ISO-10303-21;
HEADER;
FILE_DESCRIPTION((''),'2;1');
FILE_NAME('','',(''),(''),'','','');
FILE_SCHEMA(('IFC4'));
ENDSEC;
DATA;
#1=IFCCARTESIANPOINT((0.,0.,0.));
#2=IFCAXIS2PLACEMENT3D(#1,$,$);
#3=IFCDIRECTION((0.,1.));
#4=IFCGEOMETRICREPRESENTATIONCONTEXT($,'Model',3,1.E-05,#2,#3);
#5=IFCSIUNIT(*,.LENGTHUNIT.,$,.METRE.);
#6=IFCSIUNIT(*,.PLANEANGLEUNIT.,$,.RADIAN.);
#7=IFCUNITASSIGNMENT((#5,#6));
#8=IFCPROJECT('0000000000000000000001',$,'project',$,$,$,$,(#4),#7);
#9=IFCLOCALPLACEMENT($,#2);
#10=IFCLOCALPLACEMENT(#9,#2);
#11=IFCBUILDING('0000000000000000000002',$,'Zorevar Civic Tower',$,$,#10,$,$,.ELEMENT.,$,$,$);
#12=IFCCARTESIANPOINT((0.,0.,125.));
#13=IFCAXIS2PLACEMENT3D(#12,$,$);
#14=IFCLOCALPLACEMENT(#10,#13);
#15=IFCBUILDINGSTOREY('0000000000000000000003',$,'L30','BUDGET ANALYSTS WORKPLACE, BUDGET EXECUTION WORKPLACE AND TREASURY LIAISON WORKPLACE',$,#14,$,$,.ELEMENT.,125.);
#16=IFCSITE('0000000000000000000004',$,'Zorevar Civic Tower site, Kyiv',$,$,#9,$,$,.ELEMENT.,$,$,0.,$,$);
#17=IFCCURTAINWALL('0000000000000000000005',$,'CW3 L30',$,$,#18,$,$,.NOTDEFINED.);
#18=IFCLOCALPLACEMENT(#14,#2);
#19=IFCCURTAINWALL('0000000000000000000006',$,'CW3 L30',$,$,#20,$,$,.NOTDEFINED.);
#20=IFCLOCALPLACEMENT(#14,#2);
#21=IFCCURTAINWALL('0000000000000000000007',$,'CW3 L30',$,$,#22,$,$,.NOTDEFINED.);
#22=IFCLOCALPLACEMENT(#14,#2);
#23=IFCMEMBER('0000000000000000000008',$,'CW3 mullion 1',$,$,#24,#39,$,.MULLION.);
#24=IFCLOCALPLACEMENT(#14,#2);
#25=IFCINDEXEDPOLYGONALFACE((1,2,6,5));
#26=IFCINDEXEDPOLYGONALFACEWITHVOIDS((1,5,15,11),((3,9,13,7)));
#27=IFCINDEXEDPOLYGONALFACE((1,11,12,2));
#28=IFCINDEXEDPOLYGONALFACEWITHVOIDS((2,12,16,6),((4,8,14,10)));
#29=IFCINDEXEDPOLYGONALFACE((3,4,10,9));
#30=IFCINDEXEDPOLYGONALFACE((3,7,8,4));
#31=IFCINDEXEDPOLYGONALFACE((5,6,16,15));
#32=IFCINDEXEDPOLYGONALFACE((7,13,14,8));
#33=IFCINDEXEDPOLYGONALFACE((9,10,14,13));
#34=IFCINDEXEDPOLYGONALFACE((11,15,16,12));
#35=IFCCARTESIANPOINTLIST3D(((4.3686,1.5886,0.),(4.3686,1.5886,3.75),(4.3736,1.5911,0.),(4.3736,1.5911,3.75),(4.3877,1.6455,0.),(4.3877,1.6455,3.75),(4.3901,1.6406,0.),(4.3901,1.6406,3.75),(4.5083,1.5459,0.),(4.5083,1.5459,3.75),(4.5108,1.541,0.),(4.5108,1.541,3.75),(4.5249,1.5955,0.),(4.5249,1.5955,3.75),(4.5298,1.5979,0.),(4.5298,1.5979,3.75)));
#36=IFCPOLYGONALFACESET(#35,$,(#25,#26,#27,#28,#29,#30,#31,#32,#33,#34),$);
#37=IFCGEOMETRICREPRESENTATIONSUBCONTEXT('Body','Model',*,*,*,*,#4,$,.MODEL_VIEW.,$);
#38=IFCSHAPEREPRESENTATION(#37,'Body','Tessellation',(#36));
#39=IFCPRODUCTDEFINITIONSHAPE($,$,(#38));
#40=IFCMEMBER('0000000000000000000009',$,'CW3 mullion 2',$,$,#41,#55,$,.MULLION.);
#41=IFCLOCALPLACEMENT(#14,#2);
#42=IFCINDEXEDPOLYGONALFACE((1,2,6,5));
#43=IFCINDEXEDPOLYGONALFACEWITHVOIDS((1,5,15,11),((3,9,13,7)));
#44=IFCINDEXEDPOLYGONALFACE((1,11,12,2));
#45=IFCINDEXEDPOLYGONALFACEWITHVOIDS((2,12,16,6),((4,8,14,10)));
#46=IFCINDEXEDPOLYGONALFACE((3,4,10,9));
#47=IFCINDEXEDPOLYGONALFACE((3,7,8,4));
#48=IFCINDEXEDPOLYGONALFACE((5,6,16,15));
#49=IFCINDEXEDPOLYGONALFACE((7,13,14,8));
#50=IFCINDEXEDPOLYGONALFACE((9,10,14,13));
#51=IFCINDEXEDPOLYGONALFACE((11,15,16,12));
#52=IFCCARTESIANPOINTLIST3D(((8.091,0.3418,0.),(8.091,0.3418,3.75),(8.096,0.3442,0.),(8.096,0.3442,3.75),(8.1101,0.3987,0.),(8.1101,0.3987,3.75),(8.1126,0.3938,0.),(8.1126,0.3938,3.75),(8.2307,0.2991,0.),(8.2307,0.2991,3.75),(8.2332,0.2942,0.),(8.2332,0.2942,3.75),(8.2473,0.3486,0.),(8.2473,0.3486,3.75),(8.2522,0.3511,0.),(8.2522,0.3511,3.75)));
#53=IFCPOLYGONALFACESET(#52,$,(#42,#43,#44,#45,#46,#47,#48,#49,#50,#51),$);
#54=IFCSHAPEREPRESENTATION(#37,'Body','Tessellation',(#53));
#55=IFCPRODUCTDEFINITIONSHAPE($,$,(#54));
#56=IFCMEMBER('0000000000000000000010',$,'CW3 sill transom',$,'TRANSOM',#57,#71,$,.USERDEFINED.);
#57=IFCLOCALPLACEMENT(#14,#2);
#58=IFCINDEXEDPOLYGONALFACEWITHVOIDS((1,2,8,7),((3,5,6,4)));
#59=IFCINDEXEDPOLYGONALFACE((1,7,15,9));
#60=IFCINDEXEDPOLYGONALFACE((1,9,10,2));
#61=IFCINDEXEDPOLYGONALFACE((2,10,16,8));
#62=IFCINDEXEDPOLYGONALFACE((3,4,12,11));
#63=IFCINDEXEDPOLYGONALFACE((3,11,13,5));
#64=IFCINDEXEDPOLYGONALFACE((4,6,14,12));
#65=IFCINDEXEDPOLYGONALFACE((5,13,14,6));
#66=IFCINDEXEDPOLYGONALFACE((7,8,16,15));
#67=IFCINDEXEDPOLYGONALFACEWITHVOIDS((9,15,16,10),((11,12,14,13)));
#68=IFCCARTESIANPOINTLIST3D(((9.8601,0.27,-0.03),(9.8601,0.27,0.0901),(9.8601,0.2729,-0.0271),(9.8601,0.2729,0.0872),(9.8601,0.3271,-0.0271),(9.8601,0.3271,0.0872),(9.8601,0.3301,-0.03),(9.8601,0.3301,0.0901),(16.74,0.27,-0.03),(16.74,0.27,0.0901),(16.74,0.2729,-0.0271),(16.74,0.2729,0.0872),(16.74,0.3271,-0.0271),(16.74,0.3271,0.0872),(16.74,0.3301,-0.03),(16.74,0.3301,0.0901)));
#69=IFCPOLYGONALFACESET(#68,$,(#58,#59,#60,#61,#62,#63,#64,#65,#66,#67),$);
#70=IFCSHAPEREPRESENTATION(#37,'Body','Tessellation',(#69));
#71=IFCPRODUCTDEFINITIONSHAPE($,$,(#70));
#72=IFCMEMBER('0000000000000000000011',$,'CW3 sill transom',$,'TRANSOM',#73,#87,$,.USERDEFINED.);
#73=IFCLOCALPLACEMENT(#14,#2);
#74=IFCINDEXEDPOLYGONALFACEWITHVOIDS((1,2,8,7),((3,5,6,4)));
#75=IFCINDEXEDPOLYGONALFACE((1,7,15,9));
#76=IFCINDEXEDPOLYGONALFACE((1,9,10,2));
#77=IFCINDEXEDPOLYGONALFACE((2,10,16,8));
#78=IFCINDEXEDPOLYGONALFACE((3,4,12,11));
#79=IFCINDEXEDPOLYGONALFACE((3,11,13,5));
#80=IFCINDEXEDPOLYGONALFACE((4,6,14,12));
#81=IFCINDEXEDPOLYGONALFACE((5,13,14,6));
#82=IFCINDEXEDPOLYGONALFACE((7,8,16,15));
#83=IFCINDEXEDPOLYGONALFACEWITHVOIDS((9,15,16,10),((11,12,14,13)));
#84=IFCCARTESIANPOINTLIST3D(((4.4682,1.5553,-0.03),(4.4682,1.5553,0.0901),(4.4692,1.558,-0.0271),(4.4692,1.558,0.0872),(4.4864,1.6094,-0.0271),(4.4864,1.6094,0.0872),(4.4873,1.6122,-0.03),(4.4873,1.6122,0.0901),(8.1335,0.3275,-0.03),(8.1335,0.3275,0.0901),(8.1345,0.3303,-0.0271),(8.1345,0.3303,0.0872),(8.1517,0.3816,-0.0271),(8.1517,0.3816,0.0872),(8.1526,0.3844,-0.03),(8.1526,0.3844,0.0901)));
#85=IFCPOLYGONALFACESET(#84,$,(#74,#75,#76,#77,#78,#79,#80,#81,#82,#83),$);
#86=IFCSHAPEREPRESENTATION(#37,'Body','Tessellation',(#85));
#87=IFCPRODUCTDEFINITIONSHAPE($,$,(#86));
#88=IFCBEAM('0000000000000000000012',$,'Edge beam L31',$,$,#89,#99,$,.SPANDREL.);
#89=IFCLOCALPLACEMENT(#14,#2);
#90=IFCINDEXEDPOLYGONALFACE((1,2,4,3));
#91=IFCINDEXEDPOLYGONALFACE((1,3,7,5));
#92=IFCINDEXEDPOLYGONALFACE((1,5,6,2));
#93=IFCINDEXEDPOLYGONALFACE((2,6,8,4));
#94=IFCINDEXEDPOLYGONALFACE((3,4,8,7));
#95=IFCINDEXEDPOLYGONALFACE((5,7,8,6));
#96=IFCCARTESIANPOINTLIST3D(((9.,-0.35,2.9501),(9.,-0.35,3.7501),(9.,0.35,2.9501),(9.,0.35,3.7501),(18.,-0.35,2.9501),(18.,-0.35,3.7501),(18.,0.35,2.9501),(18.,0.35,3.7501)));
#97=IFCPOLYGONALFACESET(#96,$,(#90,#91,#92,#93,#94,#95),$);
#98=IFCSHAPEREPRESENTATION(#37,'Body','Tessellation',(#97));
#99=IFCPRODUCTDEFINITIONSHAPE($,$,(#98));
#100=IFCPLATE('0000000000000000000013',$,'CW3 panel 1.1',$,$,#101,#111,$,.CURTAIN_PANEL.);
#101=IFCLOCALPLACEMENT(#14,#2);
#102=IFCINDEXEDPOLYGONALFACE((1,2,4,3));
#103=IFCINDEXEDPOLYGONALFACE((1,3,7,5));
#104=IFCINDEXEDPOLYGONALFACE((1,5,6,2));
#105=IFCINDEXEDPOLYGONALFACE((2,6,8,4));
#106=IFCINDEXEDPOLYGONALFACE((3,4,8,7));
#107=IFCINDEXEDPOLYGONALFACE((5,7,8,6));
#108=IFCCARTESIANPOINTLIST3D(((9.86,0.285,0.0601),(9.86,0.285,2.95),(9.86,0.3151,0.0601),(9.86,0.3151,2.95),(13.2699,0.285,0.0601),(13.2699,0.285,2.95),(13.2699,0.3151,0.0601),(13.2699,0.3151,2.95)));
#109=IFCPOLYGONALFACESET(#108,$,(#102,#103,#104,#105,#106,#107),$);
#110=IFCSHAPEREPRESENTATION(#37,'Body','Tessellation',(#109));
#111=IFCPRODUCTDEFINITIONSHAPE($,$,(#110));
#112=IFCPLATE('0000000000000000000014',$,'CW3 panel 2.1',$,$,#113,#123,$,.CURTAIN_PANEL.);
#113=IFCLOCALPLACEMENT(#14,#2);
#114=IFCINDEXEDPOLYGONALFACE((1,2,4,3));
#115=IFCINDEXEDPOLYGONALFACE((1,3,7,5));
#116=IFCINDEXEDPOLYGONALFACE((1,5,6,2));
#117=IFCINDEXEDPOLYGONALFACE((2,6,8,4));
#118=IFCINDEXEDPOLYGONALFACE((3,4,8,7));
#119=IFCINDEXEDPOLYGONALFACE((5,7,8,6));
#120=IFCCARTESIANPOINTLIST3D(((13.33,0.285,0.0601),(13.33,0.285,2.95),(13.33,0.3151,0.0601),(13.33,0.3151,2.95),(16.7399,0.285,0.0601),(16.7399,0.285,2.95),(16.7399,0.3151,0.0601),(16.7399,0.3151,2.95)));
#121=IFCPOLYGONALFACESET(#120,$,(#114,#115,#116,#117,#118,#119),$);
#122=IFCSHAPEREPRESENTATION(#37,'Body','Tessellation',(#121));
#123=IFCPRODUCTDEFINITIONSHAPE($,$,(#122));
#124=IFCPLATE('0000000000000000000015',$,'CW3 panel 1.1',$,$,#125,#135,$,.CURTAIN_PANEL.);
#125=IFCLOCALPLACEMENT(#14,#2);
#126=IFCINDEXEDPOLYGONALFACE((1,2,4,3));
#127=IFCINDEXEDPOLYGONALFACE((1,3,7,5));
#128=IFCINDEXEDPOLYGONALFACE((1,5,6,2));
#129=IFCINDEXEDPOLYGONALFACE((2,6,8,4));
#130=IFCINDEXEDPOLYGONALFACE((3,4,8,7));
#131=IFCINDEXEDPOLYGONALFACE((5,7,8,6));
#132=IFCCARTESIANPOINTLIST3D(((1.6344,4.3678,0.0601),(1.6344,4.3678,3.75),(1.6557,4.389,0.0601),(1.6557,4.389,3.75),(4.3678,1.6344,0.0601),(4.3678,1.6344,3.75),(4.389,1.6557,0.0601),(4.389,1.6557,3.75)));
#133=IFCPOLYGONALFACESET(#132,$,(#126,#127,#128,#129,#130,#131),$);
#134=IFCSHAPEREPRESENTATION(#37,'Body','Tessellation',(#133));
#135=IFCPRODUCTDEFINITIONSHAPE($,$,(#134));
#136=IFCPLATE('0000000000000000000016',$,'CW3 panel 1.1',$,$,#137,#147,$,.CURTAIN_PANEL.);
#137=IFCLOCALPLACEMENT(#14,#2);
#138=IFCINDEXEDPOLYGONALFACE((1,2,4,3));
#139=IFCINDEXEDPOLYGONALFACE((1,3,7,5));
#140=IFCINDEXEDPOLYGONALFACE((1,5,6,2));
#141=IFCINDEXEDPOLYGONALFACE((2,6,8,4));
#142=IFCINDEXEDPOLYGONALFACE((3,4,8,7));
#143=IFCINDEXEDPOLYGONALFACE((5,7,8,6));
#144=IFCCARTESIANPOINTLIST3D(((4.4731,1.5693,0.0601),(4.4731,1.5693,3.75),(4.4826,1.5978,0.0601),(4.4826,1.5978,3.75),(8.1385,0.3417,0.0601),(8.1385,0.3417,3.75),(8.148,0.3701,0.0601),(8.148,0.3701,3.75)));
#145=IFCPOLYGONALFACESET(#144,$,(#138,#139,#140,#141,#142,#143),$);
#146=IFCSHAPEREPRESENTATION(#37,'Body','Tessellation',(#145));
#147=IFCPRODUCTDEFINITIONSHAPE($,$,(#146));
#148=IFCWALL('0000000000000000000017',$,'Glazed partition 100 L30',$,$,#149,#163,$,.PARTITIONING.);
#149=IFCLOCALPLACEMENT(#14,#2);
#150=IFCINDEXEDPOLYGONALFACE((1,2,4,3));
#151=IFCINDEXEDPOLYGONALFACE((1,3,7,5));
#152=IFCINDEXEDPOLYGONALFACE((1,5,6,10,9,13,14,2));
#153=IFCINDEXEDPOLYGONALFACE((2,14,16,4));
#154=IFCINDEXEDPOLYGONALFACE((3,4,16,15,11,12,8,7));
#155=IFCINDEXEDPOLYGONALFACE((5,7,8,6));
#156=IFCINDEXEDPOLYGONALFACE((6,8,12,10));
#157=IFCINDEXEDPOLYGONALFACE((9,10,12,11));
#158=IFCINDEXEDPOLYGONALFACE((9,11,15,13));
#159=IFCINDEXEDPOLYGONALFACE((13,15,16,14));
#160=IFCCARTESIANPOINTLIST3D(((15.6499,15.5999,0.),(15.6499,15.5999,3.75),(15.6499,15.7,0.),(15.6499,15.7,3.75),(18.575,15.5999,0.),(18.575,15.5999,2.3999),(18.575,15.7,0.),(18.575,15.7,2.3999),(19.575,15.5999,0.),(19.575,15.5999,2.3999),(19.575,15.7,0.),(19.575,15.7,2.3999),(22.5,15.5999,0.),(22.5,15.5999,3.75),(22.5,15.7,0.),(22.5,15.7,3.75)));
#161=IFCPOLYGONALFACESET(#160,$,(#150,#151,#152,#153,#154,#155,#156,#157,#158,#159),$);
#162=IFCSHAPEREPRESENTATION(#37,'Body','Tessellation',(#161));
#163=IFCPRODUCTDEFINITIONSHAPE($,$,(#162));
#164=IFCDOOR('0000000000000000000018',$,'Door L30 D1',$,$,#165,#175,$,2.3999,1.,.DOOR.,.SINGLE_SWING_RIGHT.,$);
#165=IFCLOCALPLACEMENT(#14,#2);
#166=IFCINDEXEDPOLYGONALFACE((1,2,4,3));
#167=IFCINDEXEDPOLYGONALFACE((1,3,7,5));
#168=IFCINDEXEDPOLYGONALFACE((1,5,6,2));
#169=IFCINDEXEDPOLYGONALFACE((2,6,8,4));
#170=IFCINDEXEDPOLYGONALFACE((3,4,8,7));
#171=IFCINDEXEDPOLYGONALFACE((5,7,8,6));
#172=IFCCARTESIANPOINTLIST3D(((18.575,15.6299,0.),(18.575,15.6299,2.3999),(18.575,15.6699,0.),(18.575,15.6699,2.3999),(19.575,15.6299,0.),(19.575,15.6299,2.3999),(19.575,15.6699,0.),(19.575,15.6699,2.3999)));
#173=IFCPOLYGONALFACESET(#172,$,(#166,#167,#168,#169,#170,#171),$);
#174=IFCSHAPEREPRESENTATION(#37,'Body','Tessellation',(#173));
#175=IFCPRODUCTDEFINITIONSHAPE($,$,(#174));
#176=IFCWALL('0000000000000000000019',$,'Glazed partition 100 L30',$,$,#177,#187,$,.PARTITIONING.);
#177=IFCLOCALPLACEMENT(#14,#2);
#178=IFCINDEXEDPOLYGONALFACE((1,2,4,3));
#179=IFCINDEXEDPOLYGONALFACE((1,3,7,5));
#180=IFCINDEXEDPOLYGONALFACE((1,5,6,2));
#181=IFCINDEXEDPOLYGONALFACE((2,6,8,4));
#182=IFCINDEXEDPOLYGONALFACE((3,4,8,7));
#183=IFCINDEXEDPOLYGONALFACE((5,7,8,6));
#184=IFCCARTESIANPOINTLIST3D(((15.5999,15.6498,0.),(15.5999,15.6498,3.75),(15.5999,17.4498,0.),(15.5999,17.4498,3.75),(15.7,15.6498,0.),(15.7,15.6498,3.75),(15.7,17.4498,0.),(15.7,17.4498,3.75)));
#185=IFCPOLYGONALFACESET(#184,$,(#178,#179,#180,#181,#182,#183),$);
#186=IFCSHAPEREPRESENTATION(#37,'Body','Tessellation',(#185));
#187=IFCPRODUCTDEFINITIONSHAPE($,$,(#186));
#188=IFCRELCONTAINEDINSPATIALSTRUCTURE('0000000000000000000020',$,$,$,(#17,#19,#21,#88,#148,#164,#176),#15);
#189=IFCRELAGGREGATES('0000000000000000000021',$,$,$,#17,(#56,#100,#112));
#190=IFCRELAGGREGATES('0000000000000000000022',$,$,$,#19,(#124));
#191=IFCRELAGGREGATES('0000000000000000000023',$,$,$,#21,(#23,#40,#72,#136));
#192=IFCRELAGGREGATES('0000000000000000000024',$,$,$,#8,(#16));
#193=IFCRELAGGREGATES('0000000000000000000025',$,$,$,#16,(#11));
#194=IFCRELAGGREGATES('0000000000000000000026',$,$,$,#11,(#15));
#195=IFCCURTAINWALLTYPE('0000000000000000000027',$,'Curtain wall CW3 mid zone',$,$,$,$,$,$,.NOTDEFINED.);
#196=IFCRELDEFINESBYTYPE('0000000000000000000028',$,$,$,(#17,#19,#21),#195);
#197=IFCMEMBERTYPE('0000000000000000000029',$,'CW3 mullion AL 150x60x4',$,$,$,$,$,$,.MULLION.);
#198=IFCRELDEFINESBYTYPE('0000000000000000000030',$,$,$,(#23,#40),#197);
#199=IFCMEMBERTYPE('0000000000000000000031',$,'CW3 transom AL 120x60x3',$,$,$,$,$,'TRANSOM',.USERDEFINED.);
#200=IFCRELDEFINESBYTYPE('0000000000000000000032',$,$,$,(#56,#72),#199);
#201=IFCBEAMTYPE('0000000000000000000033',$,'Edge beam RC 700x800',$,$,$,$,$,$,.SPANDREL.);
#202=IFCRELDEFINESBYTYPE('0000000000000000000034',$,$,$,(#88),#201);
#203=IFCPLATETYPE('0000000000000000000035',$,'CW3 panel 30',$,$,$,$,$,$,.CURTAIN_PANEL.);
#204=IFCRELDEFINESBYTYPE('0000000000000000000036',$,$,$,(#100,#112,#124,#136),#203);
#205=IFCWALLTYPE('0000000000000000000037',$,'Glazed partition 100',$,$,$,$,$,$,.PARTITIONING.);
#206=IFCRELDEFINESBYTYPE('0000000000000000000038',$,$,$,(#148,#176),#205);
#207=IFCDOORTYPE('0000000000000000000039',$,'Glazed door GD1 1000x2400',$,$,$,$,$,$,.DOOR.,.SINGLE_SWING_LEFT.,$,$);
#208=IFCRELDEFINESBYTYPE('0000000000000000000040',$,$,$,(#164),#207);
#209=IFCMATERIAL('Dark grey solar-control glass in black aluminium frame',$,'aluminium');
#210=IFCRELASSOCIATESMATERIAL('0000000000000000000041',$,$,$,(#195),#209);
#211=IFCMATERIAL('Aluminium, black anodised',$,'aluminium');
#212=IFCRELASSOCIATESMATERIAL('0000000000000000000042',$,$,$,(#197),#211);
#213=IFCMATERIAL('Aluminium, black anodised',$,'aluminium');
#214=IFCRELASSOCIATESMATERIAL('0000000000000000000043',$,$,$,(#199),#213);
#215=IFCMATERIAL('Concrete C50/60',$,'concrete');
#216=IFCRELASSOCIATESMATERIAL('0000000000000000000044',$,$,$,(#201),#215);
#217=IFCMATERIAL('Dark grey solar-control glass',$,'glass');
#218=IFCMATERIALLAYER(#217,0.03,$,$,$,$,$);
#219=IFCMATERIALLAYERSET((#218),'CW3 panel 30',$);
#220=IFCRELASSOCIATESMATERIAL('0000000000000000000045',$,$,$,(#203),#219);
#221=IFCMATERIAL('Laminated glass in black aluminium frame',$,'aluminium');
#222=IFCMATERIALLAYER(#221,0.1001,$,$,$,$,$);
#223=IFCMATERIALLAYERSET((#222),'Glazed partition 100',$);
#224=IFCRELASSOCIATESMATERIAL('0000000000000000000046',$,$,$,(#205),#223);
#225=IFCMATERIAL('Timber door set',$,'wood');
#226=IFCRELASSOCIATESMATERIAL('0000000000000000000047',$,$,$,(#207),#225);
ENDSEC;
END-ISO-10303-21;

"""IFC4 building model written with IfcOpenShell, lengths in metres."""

from ifc_helpers import new_model, si_unit, direction, frame, frame_2d, origin, origin_2d, place, context, subcontext, project, spatial, rectangle, hollow_rectangle, extrude, material, layer, layer_set, material_profile, profile_set, type_object, element, fill, aggregate, save


model = new_model("IFC4")

# Units and contexts
model_context = context("Model", 3, precision=1e-05, world=origin(), true_north=direction((0.0, 1.0)))
body_context = subcontext(model_context, "Body", "Model", "MODEL_VIEW")
ifc_project = project(units=[si_unit("LENGTHUNIT", "METRE"), si_unit("PLANEANGLEUNIT", "RADIAN")], contexts=[model_context])

# Site, building, storey
site_placement = place(None, origin())
site = spatial("IfcSite", under=ifc_project, at=site_placement, Name="Zorevar Civic Tower site, Kyiv", CompositionType="ELEMENT", RefElevation=0.0)
building_placement = place(site_placement, origin())
building = spatial("IfcBuilding", under=site, at=building_placement, Name="Zorevar Civic Tower", CompositionType="ELEMENT")
storey_placement = place(building_placement, frame((0.0, 0.0, 125.0)))
storey = spatial("IfcBuildingStorey", under=building, at=storey_placement, Name="L30", Description="BUDGET ANALYSTS WORKPLACE, BUDGET EXECUTION WORKPLACE AND TREASURY LIAISON WORKPLACE", CompositionType="ELEMENT", Elevation=125.0)

# Curtain wall
ifc_material_1 = material(Name="Dark grey solar-control glass in black aluminium frame", Category="aluminium")
curtain_wall_type = type_object("IfcCurtainWallType", Name="Curtain wall CW3 mid zone", PredefinedType="NOTDEFINED", material=ifc_material_1)
curtain_wall_1_placement = place(storey_placement, origin())
curtain_wall_1 = element("IfcCurtainWall", 1, at=curtain_wall_1_placement, inside=storey, type_object=curtain_wall_type, Name="CW3 L30", PredefinedType="NOTDEFINED")
ifc_material_2 = material(Name="Aluminium, black anodised", Category="aluminium")
ifc_material_profile_1 = material_profile(ifc_material_2, hollow_rectangle(XDim=0.0601, YDim=0.1499, WallThickness=0.0039, at=origin_2d()), Name="AL 150x60x4")
ifc_profile_set_1 = profile_set([ifc_material_profile_1], Name="Aluminium, black anodised")
member_type_1 = type_object("IfcMemberType", Name="CW3 mullion AL 150x60x4", PredefinedType="MULLION", material=ifc_profile_set_1)

# Curtain wall
curtain_wall_2_placement = place(storey_placement, origin())
curtain_wall_2 = element("IfcCurtainWall", 2, at=curtain_wall_2_placement, inside=storey, type_object=curtain_wall_type, Name="CW3 L30", PredefinedType="NOTDEFINED")

# Curtain wall, members
curtain_wall_3_placement = place(storey_placement, origin())
curtain_wall_3 = element("IfcCurtainWall", 3, at=curtain_wall_3_placement, inside=storey, type_object=curtain_wall_type, Name="CW3 L30", PredefinedType="NOTDEFINED")
member_1_placement = place(storey_placement, frame((4.4492, 1.5933, 0.0), z_axis=(0.0, 0.0, 1.0), x_axis=(0.317593, 0.948227, 0.0)))
member_1 = element("IfcMember", 4, at=member_1_placement, type_object=member_type_1, Name="CW3 mullion 1", PredefinedType="MULLION", context=body_context, shape_type="SweptSolid", body=[
    extrude(hollow_rectangle(XDim=0.0601, YDim=0.1499, WallThickness=0.0039, at=origin_2d()), origin(), (0.0, 0.0, 1.0), 3.75),
])
member_2_placement = place(storey_placement, frame((8.1716, 0.3464, 0.0), z_axis=(0.0, 0.0, 1.0), x_axis=(0.317593, 0.948227, 0.0)))
member_2 = element("IfcMember", 5, at=member_2_placement, type_object=member_type_1, Name="CW3 mullion 2", PredefinedType="MULLION", context=body_context, shape_type="SweptSolid", body=[
    extrude(hollow_rectangle(XDim=0.0601, YDim=0.1499, WallThickness=0.0039, at=origin_2d()), origin(), (0.0, 0.0, 1.0), 3.75),
])

# Members
ifc_material_3 = material(Name="Aluminium, black anodised", Category="aluminium")
ifc_material_profile_2 = material_profile(ifc_material_3, hollow_rectangle(XDim=0.0601, YDim=0.1201, WallThickness=0.0029, at=origin_2d()), Name="AL 120x60x3")
ifc_profile_set_2 = profile_set([ifc_material_profile_2], Name="Aluminium, black anodised")
member_type_2 = type_object("IfcMemberType", Name="CW3 transom AL 120x60x3", ElementType="TRANSOM", PredefinedType="USERDEFINED", material=ifc_profile_set_2)
member_3_placement = place(storey_placement, frame((9.8601, 0.3, 0.03), z_axis=(1.0, 0.0, 0.0), x_axis=(0.0, 1.0, 0.0)))
member_3 = element("IfcMember", 6, at=member_3_placement, type_object=member_type_2, Name="CW3 sill transom", ObjectType="TRANSOM", PredefinedType="USERDEFINED", context=body_context, shape_type="SweptSolid", body=[
    extrude(hollow_rectangle(XDim=0.0601, YDim=0.1201, WallThickness=0.0029, at=origin_2d()), origin(), (0.0, 0.0, 1.0), 6.8799),
])
member_4_placement = place(storey_placement, frame((4.4778, 1.5837, 0.03), z_axis=(0.948215, -0.31763, 0.0), x_axis=(0.31763, 0.948215, 0.0)))
member_4 = element("IfcMember", 7, at=member_4_placement, type_object=member_type_2, Name="CW3 sill transom", ObjectType="TRANSOM", PredefinedType="USERDEFINED", context=body_context, shape_type="SweptSolid", body=[
    extrude(hollow_rectangle(XDim=0.0601, YDim=0.1201, WallThickness=0.0029, at=origin_2d()), origin(), (0.0, 0.0, 1.0), 3.8655),
])

# Beam
ifc_material_4 = material(Name="Concrete C50/60", Category="concrete")
ifc_material_profile_3 = material_profile(ifc_material_4, rectangle(XDim=0.7, YDim=0.8, at=origin_2d()), Name="RC 700x800")
ifc_profile_set_3 = profile_set([ifc_material_profile_3], Name="Concrete C50/60")
beam_type_1 = type_object("IfcBeamType", Name="Edge beam RC 700x800", PredefinedType="SPANDREL", material=ifc_profile_set_3)
beam_1_placement = place(storey_placement, frame((9.0, 0.0, 3.3501), z_axis=(1.0, 0.0, 0.0), x_axis=(0.0, 1.0, 0.0)))
element("IfcBeam", 8, at=beam_1_placement, inside=storey, type_object=beam_type_1, Name="Edge beam L31", PredefinedType="SPANDREL", context=body_context, shape_type="SweptSolid", body=[
    extrude(rectangle(XDim=0.7, YDim=0.8, at=origin_2d()), origin(), (0.0, 0.0, 1.0), 9.0),
])

# Plates
ifc_material_5 = material(Name="Dark grey solar-control glass", Category="glass")
ifc_layer_1 = layer(ifc_material_5, 0.03)
ifc_layer_set_1 = layer_set([ifc_layer_1], Name="CW3 panel 30")
plate_type = type_object("IfcPlateType", Name="CW3 panel 30", PredefinedType="CURTAIN_PANEL", material=ifc_layer_set_1)
plate_1_placement = place(storey_placement, frame((11.5649, 0.3, 0.0601), z_axis=(0.0, 0.0, 1.0), x_axis=(1.0, 0.0, 0.0)))
plate_1 = element("IfcPlate", 9, at=plate_1_placement, type_object=plate_type, Name="CW3 panel 1.1", PredefinedType="CURTAIN_PANEL", context=body_context, shape_type="SweptSolid", body=[
    extrude(rectangle(XDim=3.4099, YDim=0.03, at=origin_2d()), origin(), (0.0, 0.0, 1.0), 2.8899),
])
plate_2_placement = place(storey_placement, frame((15.0349, 0.3, 0.0601), z_axis=(0.0, 0.0, 1.0), x_axis=(1.0, 0.0, 0.0)))
plate_2 = element("IfcPlate", 10, at=plate_2_placement, type_object=plate_type, Name="CW3 panel 2.1", PredefinedType="CURTAIN_PANEL", context=body_context, shape_type="SweptSolid", body=[
    extrude(rectangle(XDim=3.4099, YDim=0.03, at=origin_2d()), origin(), (0.0, 0.0, 1.0), 2.8899),
])
aggregate(curtain_wall_1, [member_3, plate_1, plate_2])
plate_3_placement = place(storey_placement, frame((3.0117, 3.0117, 0.0601), z_axis=(0.0, 0.0, 1.0), x_axis=(0.707107, -0.707107, 0.0)))
plate_3 = element("IfcPlate", 11, at=plate_3_placement, type_object=plate_type, Name="CW3 panel 1.1", PredefinedType="CURTAIN_PANEL", context=body_context, shape_type="SweptSolid", body=[
    extrude(rectangle(XDim=3.8655, YDim=0.03, at=origin_2d()), origin(), (0.0, 0.0, 1.0), 3.6899),
])
aggregate(curtain_wall_2, [plate_3])
plate_4_placement = place(storey_placement, frame((6.3105, 0.9697, 0.0601), z_axis=(0.0, 0.0, 1.0), x_axis=(0.948227, -0.317593, 0.0)))
plate_4 = element("IfcPlate", 12, at=plate_4_placement, type_object=plate_type, Name="CW3 panel 1.1", PredefinedType="CURTAIN_PANEL", context=body_context, shape_type="SweptSolid", body=[
    extrude(rectangle(XDim=3.8655, YDim=0.03, at=origin_2d()), origin(), (0.0, 0.0, 1.0), 3.6899),
])
aggregate(curtain_wall_3, [member_1, member_2, member_4, plate_4])

# Wall, opening, door
ifc_material_6 = material(Name="Laminated glass in black aluminium frame", Category="aluminium")
ifc_layer_2 = layer(ifc_material_6, 0.1001)
ifc_layer_set_2 = layer_set([ifc_layer_2], Name="Glazed partition 100")
wall_type = type_object("IfcWallType", Name="Glazed partition 100", PredefinedType="PARTITIONING", material=ifc_layer_set_2)
wall_1_placement = place(storey_placement, frame((15.6499, 15.6499, 0.0), z_axis=(0.0, 0.0, 1.0), x_axis=(1.0, 0.0, 0.0)))
wall_1 = element("IfcWall", 13, at=wall_1_placement, inside=storey, type_object=wall_type, Name="Glazed partition 100 L30", PredefinedType="PARTITIONING", context=body_context, shape_type="SweptSolid", body=[
    extrude(rectangle(XDim=6.8501, YDim=0.1001, at=frame_2d((3.425, 0.0))), origin(), (0.0, 0.0, 1.0), 3.75),
])
opening_placement = place(wall_1_placement, frame((2.925, 0.0, 0.0)))
opening = element("IfcOpeningElement", 14, at=opening_placement, cuts=wall_1, PredefinedType="OPENING", context=body_context, shape_type="SweptSolid", body=[
    extrude(rectangle(XDim=1.0, YDim=2.3999, at=frame_2d((0.5, 1.2))), frame((0.0, 0.0601, 0.0), z_axis=(0.0, -1.0, 0.0), x_axis=(1.0, 0.0, 0.0)), (0.0, 0.0, 1.0), 0.1201),
])
ifc_material_7 = material(Name="Timber door set", Category="wood")
door_type = type_object("IfcDoorType", Name="Glazed door GD1 1000x2400", OperationType="SINGLE_SWING_LEFT", PredefinedType="DOOR", material=ifc_material_7)
door_placement = place(opening_placement, origin())
door = element("IfcDoor", 15, at=door_placement, inside=storey, type_object=door_type, Name="Door L30 D1", OperationType="SINGLE_SWING_RIGHT", OverallHeight=2.3999, OverallWidth=1.0, PredefinedType="DOOR", context=body_context, shape_type="SweptSolid", body=[
    extrude(rectangle(XDim=1.0, YDim=2.3999, at=frame_2d((0.5, 1.2))), frame((0.0, 0.02, 0.0), z_axis=(0.0, -1.0, 0.0), x_axis=(1.0, 0.0, 0.0)), (0.0, 0.0, 1.0), 0.04),
])
fill(opening, door)

# Wall
wall_2_placement = place(storey_placement, frame((15.6499, 15.6499, 0.0), z_axis=(0.0, 0.0, 1.0), x_axis=(0.0, 1.0, 0.0)))
element("IfcWall", 16, at=wall_2_placement, inside=storey, type_object=wall_type, Name="Glazed partition 100 L30", PredefinedType="PARTITIONING", context=body_context, shape_type="SweptSolid", body=[
    extrude(rectangle(XDim=1.8, YDim=0.1001, at=frame_2d((0.8999, 0.0))), origin(), (0.0, 0.0, 1.0), 3.75),
])

save(model, "model.ifc")
